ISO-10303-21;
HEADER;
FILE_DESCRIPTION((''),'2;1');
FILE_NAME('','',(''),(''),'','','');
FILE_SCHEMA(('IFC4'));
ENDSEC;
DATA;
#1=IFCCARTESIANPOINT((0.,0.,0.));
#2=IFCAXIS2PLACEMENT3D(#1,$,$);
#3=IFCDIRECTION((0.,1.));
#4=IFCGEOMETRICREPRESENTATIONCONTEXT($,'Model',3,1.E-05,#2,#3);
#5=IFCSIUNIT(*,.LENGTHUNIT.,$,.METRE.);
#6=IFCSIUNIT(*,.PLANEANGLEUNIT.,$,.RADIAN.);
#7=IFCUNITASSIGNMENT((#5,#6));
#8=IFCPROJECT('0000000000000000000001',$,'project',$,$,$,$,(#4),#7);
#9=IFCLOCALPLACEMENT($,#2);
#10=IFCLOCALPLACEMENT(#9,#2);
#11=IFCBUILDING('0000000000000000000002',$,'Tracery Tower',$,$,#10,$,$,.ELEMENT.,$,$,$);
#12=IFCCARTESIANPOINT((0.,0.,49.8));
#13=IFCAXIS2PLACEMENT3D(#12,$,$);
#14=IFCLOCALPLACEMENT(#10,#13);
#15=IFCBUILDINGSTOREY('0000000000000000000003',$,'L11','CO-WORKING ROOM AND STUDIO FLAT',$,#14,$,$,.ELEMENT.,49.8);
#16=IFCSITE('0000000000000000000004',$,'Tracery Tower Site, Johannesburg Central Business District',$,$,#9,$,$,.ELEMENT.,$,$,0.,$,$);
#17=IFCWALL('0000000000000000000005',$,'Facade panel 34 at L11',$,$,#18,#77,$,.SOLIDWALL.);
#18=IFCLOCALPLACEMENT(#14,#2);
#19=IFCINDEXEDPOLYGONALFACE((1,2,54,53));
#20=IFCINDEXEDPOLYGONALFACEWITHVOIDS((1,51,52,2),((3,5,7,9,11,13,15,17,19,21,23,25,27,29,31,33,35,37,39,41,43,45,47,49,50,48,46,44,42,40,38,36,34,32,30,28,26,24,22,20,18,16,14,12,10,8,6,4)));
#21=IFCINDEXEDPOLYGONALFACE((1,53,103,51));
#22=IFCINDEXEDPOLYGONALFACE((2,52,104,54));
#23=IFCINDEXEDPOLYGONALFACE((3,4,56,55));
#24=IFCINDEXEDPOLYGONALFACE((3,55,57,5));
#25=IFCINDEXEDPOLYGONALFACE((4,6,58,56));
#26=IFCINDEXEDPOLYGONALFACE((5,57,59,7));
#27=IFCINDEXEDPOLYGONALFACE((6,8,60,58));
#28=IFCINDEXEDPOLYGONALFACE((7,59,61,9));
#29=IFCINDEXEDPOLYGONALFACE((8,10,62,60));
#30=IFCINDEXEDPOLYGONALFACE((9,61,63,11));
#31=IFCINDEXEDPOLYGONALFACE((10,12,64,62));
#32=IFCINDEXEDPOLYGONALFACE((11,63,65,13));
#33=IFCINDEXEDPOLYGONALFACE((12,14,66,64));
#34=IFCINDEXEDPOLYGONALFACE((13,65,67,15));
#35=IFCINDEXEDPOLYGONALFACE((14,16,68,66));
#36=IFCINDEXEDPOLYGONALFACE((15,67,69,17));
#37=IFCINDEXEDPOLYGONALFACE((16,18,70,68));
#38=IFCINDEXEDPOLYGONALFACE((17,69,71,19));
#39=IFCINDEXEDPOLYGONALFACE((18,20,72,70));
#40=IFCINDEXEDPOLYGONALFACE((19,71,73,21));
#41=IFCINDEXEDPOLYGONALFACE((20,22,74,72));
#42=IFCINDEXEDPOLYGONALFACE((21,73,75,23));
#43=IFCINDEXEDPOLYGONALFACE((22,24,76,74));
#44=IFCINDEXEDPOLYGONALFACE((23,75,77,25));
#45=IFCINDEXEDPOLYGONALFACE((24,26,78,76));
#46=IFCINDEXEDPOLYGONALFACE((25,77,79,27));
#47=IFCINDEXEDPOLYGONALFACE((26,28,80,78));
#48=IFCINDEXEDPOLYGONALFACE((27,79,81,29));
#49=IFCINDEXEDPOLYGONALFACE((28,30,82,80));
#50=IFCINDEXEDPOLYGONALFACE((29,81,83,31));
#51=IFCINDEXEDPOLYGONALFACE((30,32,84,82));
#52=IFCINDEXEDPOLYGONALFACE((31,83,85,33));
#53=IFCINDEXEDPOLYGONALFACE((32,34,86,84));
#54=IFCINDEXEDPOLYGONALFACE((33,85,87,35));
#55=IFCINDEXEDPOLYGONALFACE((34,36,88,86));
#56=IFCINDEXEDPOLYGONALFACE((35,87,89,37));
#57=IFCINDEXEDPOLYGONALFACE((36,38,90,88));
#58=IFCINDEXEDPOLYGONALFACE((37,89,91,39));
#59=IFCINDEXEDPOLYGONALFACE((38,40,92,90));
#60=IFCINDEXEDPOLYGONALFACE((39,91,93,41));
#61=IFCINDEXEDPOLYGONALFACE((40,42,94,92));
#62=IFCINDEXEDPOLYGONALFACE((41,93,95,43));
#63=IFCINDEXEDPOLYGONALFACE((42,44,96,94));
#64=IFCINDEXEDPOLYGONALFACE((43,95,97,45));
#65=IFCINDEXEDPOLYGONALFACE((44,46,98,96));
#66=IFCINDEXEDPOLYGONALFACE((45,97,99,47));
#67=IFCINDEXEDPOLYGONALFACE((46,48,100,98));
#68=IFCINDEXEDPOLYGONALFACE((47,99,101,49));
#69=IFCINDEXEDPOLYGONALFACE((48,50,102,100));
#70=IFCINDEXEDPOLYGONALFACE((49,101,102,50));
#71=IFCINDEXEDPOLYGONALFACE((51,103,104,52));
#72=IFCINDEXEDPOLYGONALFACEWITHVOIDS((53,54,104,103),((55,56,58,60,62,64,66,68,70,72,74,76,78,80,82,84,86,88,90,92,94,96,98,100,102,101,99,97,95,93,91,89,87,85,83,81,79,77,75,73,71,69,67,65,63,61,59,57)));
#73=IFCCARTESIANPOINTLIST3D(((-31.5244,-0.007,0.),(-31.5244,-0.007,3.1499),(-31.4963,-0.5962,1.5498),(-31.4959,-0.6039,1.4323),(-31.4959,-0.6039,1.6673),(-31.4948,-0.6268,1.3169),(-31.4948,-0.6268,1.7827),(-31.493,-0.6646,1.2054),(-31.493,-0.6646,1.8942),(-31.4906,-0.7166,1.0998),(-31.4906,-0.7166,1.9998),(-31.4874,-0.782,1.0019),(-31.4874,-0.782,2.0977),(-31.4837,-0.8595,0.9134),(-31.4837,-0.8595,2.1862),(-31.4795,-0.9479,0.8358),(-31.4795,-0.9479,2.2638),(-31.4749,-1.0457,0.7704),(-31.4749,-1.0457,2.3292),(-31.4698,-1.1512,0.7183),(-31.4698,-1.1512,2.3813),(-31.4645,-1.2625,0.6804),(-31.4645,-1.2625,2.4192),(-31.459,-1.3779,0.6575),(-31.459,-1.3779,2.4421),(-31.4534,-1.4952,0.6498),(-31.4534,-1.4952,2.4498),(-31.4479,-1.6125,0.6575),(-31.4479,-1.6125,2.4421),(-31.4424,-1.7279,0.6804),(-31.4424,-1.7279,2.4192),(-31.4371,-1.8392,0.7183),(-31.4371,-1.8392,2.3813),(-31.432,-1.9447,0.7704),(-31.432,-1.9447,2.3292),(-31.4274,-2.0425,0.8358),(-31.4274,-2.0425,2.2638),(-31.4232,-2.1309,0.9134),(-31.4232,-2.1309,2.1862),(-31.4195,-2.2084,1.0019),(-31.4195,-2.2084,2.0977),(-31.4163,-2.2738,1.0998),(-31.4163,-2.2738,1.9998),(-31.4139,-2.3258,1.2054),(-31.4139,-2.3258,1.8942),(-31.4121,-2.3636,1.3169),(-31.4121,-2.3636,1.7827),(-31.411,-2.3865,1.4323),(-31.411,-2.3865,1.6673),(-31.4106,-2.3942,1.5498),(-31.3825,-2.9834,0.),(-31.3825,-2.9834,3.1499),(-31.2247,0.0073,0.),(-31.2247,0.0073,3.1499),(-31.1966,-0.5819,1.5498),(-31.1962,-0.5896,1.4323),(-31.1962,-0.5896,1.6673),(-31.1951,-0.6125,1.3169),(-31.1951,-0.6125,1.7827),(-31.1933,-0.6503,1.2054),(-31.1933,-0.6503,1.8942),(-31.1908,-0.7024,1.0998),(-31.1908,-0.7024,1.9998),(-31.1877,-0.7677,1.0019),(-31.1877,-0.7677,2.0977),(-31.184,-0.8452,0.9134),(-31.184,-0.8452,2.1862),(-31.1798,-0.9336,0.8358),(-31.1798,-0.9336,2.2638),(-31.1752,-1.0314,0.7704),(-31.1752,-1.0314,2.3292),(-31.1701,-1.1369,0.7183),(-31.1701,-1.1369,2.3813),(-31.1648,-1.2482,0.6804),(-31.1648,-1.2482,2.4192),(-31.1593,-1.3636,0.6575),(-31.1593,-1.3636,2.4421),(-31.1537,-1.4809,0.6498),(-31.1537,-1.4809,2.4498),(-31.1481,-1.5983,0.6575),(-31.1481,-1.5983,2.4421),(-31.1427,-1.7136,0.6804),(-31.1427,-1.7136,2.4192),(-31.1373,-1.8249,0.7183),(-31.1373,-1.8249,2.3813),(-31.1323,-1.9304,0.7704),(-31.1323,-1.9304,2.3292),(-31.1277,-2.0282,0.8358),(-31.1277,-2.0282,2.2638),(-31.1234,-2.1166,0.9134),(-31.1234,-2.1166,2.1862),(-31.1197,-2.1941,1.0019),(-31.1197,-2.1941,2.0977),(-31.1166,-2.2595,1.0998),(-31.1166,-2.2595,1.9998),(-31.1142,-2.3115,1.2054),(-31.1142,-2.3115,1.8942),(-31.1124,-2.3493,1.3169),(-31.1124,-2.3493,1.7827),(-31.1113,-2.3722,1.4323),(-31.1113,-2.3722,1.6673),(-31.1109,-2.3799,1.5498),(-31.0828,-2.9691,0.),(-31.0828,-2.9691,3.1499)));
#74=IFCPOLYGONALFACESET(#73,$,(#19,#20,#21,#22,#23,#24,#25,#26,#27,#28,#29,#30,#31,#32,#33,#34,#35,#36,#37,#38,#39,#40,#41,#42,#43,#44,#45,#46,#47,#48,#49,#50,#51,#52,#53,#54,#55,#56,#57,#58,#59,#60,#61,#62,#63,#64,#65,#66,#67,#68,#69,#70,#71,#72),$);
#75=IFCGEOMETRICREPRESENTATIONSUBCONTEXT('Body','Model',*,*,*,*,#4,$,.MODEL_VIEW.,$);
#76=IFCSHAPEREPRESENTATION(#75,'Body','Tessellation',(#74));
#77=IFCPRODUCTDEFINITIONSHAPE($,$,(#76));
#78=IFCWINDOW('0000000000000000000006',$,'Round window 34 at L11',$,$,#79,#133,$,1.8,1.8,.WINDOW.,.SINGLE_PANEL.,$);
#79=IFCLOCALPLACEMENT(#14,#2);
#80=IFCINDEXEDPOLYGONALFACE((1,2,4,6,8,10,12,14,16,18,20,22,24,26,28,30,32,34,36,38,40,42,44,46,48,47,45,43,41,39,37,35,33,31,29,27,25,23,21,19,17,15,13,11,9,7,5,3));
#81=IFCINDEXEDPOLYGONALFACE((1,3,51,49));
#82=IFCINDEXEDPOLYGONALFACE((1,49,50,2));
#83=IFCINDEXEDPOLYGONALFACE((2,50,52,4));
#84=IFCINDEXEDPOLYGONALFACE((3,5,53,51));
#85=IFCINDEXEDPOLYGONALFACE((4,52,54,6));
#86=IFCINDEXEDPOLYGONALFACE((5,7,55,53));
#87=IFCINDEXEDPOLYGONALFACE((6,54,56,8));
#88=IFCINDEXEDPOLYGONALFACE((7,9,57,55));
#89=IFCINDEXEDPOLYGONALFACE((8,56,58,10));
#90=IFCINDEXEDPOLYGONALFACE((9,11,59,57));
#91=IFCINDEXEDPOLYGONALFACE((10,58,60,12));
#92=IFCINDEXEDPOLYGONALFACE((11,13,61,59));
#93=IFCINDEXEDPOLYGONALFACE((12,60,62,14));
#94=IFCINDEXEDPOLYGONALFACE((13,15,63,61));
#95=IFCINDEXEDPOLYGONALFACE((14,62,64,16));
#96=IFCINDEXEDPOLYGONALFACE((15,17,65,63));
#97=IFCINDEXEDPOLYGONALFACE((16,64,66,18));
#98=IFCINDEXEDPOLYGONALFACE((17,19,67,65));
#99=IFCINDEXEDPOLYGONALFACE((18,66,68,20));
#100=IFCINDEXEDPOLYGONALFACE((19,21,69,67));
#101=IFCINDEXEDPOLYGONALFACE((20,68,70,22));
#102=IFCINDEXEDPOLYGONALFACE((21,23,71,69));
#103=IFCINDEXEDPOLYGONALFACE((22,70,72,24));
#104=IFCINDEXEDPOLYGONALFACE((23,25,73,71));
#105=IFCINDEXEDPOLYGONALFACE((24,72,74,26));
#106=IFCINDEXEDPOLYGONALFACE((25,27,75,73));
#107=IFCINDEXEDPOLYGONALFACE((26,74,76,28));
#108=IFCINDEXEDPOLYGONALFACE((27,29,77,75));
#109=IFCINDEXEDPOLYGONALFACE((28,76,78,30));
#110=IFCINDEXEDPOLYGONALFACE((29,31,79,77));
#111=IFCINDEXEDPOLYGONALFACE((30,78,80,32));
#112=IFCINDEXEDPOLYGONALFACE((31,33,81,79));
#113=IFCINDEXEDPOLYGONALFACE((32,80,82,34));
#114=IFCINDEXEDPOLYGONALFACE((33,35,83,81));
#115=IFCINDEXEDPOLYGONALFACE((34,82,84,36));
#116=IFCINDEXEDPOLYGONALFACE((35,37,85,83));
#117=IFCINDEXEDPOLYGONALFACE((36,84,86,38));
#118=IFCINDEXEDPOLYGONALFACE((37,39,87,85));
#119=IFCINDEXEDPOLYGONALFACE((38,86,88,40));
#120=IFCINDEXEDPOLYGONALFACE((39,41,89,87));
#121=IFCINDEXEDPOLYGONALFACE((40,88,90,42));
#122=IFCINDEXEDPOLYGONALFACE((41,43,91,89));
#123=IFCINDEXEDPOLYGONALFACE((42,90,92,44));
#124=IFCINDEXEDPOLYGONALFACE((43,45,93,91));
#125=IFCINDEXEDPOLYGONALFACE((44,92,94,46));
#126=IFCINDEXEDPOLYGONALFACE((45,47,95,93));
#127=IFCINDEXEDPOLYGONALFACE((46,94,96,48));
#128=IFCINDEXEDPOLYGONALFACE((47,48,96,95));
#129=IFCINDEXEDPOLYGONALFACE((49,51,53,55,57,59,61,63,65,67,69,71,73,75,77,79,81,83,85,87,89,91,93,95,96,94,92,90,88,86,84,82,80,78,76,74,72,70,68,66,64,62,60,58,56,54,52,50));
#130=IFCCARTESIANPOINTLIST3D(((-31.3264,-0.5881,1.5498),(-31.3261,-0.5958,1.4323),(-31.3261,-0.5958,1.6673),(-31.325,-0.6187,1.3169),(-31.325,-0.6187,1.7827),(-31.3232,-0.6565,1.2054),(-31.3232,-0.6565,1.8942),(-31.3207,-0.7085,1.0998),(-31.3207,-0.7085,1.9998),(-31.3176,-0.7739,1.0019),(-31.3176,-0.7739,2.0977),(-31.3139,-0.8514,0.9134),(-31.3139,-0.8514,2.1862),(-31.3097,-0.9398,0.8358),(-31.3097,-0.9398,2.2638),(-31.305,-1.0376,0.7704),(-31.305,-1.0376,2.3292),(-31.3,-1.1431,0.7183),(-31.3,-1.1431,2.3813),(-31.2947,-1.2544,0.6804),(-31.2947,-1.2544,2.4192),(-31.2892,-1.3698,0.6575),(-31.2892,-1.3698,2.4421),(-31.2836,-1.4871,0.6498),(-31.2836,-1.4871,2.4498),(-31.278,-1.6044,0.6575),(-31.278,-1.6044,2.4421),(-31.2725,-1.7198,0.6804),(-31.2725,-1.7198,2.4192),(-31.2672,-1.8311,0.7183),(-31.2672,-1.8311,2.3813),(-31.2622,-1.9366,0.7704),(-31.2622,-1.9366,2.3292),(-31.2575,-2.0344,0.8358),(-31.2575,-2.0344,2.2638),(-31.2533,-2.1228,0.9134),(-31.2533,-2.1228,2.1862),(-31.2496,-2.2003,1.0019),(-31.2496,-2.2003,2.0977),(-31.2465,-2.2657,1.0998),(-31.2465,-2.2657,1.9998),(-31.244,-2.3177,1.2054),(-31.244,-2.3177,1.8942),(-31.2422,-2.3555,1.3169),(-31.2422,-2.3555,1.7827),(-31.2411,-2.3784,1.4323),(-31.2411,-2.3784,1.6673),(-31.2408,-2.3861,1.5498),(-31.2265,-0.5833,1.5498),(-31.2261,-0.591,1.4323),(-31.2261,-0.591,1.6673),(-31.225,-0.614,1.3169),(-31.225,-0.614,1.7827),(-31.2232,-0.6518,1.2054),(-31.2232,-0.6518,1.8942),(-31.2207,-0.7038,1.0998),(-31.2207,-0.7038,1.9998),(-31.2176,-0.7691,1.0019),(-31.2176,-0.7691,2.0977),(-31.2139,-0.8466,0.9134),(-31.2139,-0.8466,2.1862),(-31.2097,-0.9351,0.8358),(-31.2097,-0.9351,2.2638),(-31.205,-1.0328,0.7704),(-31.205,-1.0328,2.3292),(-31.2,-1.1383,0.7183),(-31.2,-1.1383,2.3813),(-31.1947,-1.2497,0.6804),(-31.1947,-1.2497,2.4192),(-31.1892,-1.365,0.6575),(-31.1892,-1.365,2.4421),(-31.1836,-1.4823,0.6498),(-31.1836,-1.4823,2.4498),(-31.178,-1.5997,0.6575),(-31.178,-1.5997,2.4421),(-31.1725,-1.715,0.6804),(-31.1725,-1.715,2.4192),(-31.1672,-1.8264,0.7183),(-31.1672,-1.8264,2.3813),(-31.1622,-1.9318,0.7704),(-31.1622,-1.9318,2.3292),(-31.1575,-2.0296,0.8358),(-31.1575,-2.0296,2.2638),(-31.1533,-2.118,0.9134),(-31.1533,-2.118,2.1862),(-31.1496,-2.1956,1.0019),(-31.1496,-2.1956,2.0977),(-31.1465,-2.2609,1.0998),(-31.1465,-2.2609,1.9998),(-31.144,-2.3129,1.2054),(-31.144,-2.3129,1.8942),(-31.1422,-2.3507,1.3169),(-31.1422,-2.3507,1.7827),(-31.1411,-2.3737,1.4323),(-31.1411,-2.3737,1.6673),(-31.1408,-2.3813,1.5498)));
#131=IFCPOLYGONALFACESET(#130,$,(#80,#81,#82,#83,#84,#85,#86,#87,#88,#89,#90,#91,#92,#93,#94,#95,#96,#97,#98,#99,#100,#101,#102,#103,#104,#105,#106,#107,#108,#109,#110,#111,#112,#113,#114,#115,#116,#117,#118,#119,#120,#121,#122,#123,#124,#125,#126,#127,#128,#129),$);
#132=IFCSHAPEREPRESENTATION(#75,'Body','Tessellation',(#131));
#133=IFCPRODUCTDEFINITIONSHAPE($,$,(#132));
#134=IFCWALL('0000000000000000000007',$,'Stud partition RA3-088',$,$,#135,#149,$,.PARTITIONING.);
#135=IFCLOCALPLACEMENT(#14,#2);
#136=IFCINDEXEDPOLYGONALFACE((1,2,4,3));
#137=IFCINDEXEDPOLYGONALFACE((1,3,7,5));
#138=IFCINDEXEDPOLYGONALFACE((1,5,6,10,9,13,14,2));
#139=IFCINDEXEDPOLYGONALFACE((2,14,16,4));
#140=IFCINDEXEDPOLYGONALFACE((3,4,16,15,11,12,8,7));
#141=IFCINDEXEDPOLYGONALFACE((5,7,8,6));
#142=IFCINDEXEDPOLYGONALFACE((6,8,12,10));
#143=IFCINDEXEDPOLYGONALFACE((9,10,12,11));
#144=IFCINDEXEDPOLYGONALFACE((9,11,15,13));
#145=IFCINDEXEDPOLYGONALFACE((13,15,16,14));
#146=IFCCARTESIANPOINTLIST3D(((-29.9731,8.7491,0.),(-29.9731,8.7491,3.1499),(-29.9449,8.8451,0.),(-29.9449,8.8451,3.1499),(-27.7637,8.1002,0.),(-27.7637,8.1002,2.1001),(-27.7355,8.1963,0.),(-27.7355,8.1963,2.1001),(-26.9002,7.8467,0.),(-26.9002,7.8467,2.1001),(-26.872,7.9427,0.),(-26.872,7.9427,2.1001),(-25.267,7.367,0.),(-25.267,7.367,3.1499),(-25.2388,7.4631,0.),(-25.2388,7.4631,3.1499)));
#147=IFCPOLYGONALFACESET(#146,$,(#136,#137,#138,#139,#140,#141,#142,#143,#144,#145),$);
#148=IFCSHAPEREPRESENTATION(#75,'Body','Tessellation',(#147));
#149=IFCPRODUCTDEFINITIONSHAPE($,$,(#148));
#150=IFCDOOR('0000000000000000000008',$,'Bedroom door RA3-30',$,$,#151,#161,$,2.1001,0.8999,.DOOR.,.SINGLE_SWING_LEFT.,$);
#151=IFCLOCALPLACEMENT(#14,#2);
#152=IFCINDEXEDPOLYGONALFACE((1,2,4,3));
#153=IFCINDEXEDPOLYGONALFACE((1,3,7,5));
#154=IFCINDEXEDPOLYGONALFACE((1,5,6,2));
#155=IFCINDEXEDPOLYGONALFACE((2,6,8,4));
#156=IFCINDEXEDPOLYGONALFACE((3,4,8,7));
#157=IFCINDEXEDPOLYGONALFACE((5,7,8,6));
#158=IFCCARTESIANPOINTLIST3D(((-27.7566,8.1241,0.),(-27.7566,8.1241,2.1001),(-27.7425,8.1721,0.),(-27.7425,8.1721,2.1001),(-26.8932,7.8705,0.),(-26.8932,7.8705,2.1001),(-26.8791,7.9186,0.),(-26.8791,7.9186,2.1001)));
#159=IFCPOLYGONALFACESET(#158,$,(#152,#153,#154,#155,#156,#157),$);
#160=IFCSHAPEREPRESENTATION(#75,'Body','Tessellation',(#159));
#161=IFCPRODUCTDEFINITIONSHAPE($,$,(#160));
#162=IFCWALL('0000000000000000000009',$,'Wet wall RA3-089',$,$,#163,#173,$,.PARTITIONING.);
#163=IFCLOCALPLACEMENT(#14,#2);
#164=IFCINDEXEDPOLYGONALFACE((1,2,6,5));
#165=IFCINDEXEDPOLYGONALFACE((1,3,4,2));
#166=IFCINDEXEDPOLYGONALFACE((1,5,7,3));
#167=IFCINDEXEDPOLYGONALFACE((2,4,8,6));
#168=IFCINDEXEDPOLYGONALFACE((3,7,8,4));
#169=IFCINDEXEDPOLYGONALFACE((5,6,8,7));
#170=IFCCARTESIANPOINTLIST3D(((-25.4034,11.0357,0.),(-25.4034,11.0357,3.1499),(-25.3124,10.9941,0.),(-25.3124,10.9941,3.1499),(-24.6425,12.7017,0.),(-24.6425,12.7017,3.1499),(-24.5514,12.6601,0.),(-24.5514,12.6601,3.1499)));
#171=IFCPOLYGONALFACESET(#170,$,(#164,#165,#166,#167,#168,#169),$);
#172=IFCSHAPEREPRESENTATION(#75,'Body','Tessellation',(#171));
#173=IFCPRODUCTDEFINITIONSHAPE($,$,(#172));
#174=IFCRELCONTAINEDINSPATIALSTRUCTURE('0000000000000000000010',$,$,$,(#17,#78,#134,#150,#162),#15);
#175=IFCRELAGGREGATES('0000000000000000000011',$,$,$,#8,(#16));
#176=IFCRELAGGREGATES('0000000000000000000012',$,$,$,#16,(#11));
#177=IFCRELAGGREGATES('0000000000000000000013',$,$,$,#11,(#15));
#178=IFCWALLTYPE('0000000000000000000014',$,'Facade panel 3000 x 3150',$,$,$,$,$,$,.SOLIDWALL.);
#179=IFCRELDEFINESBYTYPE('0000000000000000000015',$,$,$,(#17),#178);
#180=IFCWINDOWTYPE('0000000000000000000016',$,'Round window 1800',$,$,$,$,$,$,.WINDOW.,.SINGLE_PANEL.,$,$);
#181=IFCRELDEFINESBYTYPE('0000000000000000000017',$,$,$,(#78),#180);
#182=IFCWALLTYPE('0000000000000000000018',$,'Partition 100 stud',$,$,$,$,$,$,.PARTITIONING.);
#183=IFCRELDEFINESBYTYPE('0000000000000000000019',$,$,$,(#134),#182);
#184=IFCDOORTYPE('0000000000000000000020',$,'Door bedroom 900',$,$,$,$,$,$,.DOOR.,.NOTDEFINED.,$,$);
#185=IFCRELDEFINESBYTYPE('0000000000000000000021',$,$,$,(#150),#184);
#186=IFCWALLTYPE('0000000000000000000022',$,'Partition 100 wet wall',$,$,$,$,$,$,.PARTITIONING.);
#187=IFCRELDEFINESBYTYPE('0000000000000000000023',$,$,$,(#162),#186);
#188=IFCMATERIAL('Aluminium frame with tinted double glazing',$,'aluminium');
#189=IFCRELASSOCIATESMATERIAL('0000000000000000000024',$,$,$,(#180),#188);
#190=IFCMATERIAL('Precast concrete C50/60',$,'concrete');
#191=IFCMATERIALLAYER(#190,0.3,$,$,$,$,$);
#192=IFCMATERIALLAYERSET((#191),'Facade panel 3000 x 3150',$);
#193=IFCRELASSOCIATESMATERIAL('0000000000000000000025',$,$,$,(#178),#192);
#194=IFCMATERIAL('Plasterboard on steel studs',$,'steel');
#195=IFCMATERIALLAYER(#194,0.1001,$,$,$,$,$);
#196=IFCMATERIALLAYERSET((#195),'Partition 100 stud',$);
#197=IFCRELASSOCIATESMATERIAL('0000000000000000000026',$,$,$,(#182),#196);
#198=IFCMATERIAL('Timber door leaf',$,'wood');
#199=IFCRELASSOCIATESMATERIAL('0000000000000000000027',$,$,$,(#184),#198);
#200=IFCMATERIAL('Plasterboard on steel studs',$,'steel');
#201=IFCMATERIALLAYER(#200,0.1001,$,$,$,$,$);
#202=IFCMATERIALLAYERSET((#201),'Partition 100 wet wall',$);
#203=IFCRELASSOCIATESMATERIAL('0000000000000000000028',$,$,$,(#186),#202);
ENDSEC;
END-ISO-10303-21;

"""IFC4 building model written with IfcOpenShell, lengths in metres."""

from ifc_helpers import new_model, si_unit, direction, frame, frame_2d, origin, origin_2d, place, context, subcontext, project, spatial, rectangle, circle, extrude, material, layer, layer_set, type_object, element, fill, save


model = new_model("IFC4")

# Units and contexts
model_context = context("Model", 3, precision=1e-05, world=origin(), true_north=direction((0.0, 1.0)))
body_context = subcontext(model_context, "Body", "Model", "MODEL_VIEW")
ifc_project = project(units=[si_unit("LENGTHUNIT", "METRE"), si_unit("PLANEANGLEUNIT", "RADIAN")], contexts=[model_context])

# Site, building, storey
site_placement = place(None, origin())
site = spatial("IfcSite", under=ifc_project, at=site_placement, Name="Tracery Tower Site, Johannesburg Central Business District", CompositionType="ELEMENT", RefElevation=0.0)
building_placement = place(site_placement, origin())
building = spatial("IfcBuilding", under=site, at=building_placement, Name="Tracery Tower", CompositionType="ELEMENT")
storey_placement = place(building_placement, frame((0.0, 0.0, 49.8)))
storey = spatial("IfcBuildingStorey", under=building, at=storey_placement, Name="L11", Description="CO-WORKING ROOM AND STUDIO FLAT", CompositionType="ELEMENT", Elevation=49.8)

# Wall, opening, window
ifc_material_1 = material(Name="Aluminium frame with tinted double glazing", Category="aluminium")
window_type = type_object("IfcWindowType", Name="Round window 1800", PartitioningType="SINGLE_PANEL", PredefinedType="WINDOW", material=ifc_material_1)
ifc_material_2 = material(Name="Precast concrete C50/60", Category="concrete")
ifc_layer_1 = layer(ifc_material_2, 0.3)
ifc_layer_set_1 = layer_set([ifc_layer_1], Name="Facade panel 3000 x 3150")
wall_type_1 = type_object("IfcWallType", Name="Facade panel 3000 x 3150", PredefinedType="SOLIDWALL", material=ifc_layer_set_1)
wall_1_placement = place(storey_placement, frame((-31.3745, 0.0, 0.0), z_axis=(0.0, 0.0, 1.0), x_axis=(0.047604, -0.998866, 0.0)))
wall_1 = element("IfcWall", 1, at=wall_1_placement, inside=storey, type_object=wall_type_1, Name="Facade panel 34 at L11", PredefinedType="SOLIDWALL", context=body_context, shape_type="SweptSolid", body=[
    extrude(rectangle(XDim=2.9797, YDim=0.3, at=frame_2d((1.4897, 0.0))), origin(), (0.0, 0.0, 1.0), 3.1499),
])
opening_1_placement = place(wall_1_placement, frame((1.4897, 0.0, 1.5498)))
opening_1 = element("IfcOpeningElement", 2, at=opening_1_placement, cuts=wall_1, PredefinedType="OPENING", context=body_context, shape_type="SweptSolid", body=[
    extrude(circle(Radius=0.9, at=origin_2d()), frame((0.0, 0.1599, 0.0), z_axis=(0.0, -1.0, 0.0), x_axis=(1.0, 0.0, 0.0)), (0.0, 0.0, 1.0), 0.3201),
])
window_1_placement = place(opening_1_placement, origin())
window_1 = element("IfcWindow", 3, at=window_1_placement, inside=storey, type_object=window_type, Name="Round window 34 at L11", OverallHeight=1.8, OverallWidth=1.8, PartitioningType="SINGLE_PANEL", PredefinedType="WINDOW", context=body_context, shape_type="SweptSolid", body=[
    extrude(circle(Radius=0.9, at=origin_2d()), frame((0.0, 0.1201, 0.0), z_axis=(0.0, -1.0, 0.0), x_axis=(1.0, 0.0, 0.0)), (0.0, 0.0, 1.0), 0.1001),
])
fill(opening_1, window_1)

# Wall, opening, door
ifc_material_3 = material(Name="Plasterboard on steel studs", Category="steel")
ifc_layer_2 = layer(ifc_material_3, 0.1001)
ifc_layer_set_2 = layer_set([ifc_layer_2], Name="Partition 100 stud")
wall_type_2 = type_object("IfcWallType", Name="Partition 100 stud", PredefinedType="PARTITIONING", material=ifc_layer_set_2)
wall_2_placement = place(storey_placement, frame((-29.959, 8.7971, 0.0), z_axis=(0.0, 0.0, 1.0), x_axis=(0.959479, -0.281781, 0.0)))
wall_2 = element("IfcWall", 4, at=wall_2_placement, inside=storey, type_object=wall_type_2, Name="Stud partition RA3-088", PredefinedType="PARTITIONING", context=body_context, shape_type="SweptSolid", body=[
    extrude(rectangle(XDim=4.9048, YDim=0.1001, at=frame_2d((2.4524, 0.0))), origin(), (0.0, 0.0, 1.0), 3.1499),
])
opening_2_placement = place(wall_2_placement, frame((2.3027, 0.0, 0.0)))
opening_2 = element("IfcOpeningElement", 5, at=opening_2_placement, cuts=wall_2, PredefinedType="OPENING", context=body_context, shape_type="SweptSolid", body=[
    extrude(rectangle(XDim=0.8999, YDim=2.1001, at=frame_2d((0.45, 1.05))), frame((0.0, 0.05, 0.0), z_axis=(0.0, -1.0, 0.0), x_axis=(1.0, 0.0, 0.0)), (0.0, 0.0, 1.0), 0.1001),
])
ifc_material_4 = material(Name="Timber door leaf", Category="wood")
door_type_1 = type_object("IfcDoorType", Name="Door bedroom 900", OperationType="NOTDEFINED", PredefinedType="DOOR", material=ifc_material_4)
door_1_placement = place(opening_2_placement, origin())
door_1 = element("IfcDoor", 6, at=door_1_placement, inside=storey, type_object=door_type_1, Name="Bedroom door RA3-30", OperationType="SINGLE_SWING_LEFT", OverallHeight=2.1001, OverallWidth=0.8999, PredefinedType="DOOR", context=body_context, shape_type="SweptSolid", body=[
    extrude(rectangle(XDim=0.8999, YDim=2.1001, at=frame_2d((0.45, 1.05))), frame((0.0, 0.0249, 0.0), z_axis=(0.0, -1.0, 0.0), x_axis=(1.0, 0.0, 0.0)), (0.0, 0.0, 1.0), 0.05),
])
fill(opening_2, door_1)

# Wall
ifc_material_5 = material(Name="Plasterboard on steel studs", Category="steel")
ifc_layer_3 = layer(ifc_material_5, 0.1001)
ifc_layer_set_3 = layer_set([ifc_layer_3], Name="Partition 100 wet wall")
wall_type_3 = type_object("IfcWallType", Name="Partition 100 wet wall", PredefinedType="PARTITIONING", material=ifc_layer_set_3)
wall_3_placement = place(storey_placement, frame((-25.3579, 11.0149, 0.0), z_axis=(0.0, 0.0, 1.0), x_axis=(0.415479, 0.909603, 0.0)))
element("IfcWall", 7, at=wall_3_placement, inside=storey, type_object=wall_type_3, Name="Wet wall RA3-089", PredefinedType="PARTITIONING", context=body_context, shape_type="SweptSolid", body=[
    extrude(rectangle(XDim=1.8315, YDim=0.1001, at=frame_2d((0.9158, 0.0))), origin(), (0.0, 0.0, 1.0), 3.1499),
])

save(model, "model.ifc")
